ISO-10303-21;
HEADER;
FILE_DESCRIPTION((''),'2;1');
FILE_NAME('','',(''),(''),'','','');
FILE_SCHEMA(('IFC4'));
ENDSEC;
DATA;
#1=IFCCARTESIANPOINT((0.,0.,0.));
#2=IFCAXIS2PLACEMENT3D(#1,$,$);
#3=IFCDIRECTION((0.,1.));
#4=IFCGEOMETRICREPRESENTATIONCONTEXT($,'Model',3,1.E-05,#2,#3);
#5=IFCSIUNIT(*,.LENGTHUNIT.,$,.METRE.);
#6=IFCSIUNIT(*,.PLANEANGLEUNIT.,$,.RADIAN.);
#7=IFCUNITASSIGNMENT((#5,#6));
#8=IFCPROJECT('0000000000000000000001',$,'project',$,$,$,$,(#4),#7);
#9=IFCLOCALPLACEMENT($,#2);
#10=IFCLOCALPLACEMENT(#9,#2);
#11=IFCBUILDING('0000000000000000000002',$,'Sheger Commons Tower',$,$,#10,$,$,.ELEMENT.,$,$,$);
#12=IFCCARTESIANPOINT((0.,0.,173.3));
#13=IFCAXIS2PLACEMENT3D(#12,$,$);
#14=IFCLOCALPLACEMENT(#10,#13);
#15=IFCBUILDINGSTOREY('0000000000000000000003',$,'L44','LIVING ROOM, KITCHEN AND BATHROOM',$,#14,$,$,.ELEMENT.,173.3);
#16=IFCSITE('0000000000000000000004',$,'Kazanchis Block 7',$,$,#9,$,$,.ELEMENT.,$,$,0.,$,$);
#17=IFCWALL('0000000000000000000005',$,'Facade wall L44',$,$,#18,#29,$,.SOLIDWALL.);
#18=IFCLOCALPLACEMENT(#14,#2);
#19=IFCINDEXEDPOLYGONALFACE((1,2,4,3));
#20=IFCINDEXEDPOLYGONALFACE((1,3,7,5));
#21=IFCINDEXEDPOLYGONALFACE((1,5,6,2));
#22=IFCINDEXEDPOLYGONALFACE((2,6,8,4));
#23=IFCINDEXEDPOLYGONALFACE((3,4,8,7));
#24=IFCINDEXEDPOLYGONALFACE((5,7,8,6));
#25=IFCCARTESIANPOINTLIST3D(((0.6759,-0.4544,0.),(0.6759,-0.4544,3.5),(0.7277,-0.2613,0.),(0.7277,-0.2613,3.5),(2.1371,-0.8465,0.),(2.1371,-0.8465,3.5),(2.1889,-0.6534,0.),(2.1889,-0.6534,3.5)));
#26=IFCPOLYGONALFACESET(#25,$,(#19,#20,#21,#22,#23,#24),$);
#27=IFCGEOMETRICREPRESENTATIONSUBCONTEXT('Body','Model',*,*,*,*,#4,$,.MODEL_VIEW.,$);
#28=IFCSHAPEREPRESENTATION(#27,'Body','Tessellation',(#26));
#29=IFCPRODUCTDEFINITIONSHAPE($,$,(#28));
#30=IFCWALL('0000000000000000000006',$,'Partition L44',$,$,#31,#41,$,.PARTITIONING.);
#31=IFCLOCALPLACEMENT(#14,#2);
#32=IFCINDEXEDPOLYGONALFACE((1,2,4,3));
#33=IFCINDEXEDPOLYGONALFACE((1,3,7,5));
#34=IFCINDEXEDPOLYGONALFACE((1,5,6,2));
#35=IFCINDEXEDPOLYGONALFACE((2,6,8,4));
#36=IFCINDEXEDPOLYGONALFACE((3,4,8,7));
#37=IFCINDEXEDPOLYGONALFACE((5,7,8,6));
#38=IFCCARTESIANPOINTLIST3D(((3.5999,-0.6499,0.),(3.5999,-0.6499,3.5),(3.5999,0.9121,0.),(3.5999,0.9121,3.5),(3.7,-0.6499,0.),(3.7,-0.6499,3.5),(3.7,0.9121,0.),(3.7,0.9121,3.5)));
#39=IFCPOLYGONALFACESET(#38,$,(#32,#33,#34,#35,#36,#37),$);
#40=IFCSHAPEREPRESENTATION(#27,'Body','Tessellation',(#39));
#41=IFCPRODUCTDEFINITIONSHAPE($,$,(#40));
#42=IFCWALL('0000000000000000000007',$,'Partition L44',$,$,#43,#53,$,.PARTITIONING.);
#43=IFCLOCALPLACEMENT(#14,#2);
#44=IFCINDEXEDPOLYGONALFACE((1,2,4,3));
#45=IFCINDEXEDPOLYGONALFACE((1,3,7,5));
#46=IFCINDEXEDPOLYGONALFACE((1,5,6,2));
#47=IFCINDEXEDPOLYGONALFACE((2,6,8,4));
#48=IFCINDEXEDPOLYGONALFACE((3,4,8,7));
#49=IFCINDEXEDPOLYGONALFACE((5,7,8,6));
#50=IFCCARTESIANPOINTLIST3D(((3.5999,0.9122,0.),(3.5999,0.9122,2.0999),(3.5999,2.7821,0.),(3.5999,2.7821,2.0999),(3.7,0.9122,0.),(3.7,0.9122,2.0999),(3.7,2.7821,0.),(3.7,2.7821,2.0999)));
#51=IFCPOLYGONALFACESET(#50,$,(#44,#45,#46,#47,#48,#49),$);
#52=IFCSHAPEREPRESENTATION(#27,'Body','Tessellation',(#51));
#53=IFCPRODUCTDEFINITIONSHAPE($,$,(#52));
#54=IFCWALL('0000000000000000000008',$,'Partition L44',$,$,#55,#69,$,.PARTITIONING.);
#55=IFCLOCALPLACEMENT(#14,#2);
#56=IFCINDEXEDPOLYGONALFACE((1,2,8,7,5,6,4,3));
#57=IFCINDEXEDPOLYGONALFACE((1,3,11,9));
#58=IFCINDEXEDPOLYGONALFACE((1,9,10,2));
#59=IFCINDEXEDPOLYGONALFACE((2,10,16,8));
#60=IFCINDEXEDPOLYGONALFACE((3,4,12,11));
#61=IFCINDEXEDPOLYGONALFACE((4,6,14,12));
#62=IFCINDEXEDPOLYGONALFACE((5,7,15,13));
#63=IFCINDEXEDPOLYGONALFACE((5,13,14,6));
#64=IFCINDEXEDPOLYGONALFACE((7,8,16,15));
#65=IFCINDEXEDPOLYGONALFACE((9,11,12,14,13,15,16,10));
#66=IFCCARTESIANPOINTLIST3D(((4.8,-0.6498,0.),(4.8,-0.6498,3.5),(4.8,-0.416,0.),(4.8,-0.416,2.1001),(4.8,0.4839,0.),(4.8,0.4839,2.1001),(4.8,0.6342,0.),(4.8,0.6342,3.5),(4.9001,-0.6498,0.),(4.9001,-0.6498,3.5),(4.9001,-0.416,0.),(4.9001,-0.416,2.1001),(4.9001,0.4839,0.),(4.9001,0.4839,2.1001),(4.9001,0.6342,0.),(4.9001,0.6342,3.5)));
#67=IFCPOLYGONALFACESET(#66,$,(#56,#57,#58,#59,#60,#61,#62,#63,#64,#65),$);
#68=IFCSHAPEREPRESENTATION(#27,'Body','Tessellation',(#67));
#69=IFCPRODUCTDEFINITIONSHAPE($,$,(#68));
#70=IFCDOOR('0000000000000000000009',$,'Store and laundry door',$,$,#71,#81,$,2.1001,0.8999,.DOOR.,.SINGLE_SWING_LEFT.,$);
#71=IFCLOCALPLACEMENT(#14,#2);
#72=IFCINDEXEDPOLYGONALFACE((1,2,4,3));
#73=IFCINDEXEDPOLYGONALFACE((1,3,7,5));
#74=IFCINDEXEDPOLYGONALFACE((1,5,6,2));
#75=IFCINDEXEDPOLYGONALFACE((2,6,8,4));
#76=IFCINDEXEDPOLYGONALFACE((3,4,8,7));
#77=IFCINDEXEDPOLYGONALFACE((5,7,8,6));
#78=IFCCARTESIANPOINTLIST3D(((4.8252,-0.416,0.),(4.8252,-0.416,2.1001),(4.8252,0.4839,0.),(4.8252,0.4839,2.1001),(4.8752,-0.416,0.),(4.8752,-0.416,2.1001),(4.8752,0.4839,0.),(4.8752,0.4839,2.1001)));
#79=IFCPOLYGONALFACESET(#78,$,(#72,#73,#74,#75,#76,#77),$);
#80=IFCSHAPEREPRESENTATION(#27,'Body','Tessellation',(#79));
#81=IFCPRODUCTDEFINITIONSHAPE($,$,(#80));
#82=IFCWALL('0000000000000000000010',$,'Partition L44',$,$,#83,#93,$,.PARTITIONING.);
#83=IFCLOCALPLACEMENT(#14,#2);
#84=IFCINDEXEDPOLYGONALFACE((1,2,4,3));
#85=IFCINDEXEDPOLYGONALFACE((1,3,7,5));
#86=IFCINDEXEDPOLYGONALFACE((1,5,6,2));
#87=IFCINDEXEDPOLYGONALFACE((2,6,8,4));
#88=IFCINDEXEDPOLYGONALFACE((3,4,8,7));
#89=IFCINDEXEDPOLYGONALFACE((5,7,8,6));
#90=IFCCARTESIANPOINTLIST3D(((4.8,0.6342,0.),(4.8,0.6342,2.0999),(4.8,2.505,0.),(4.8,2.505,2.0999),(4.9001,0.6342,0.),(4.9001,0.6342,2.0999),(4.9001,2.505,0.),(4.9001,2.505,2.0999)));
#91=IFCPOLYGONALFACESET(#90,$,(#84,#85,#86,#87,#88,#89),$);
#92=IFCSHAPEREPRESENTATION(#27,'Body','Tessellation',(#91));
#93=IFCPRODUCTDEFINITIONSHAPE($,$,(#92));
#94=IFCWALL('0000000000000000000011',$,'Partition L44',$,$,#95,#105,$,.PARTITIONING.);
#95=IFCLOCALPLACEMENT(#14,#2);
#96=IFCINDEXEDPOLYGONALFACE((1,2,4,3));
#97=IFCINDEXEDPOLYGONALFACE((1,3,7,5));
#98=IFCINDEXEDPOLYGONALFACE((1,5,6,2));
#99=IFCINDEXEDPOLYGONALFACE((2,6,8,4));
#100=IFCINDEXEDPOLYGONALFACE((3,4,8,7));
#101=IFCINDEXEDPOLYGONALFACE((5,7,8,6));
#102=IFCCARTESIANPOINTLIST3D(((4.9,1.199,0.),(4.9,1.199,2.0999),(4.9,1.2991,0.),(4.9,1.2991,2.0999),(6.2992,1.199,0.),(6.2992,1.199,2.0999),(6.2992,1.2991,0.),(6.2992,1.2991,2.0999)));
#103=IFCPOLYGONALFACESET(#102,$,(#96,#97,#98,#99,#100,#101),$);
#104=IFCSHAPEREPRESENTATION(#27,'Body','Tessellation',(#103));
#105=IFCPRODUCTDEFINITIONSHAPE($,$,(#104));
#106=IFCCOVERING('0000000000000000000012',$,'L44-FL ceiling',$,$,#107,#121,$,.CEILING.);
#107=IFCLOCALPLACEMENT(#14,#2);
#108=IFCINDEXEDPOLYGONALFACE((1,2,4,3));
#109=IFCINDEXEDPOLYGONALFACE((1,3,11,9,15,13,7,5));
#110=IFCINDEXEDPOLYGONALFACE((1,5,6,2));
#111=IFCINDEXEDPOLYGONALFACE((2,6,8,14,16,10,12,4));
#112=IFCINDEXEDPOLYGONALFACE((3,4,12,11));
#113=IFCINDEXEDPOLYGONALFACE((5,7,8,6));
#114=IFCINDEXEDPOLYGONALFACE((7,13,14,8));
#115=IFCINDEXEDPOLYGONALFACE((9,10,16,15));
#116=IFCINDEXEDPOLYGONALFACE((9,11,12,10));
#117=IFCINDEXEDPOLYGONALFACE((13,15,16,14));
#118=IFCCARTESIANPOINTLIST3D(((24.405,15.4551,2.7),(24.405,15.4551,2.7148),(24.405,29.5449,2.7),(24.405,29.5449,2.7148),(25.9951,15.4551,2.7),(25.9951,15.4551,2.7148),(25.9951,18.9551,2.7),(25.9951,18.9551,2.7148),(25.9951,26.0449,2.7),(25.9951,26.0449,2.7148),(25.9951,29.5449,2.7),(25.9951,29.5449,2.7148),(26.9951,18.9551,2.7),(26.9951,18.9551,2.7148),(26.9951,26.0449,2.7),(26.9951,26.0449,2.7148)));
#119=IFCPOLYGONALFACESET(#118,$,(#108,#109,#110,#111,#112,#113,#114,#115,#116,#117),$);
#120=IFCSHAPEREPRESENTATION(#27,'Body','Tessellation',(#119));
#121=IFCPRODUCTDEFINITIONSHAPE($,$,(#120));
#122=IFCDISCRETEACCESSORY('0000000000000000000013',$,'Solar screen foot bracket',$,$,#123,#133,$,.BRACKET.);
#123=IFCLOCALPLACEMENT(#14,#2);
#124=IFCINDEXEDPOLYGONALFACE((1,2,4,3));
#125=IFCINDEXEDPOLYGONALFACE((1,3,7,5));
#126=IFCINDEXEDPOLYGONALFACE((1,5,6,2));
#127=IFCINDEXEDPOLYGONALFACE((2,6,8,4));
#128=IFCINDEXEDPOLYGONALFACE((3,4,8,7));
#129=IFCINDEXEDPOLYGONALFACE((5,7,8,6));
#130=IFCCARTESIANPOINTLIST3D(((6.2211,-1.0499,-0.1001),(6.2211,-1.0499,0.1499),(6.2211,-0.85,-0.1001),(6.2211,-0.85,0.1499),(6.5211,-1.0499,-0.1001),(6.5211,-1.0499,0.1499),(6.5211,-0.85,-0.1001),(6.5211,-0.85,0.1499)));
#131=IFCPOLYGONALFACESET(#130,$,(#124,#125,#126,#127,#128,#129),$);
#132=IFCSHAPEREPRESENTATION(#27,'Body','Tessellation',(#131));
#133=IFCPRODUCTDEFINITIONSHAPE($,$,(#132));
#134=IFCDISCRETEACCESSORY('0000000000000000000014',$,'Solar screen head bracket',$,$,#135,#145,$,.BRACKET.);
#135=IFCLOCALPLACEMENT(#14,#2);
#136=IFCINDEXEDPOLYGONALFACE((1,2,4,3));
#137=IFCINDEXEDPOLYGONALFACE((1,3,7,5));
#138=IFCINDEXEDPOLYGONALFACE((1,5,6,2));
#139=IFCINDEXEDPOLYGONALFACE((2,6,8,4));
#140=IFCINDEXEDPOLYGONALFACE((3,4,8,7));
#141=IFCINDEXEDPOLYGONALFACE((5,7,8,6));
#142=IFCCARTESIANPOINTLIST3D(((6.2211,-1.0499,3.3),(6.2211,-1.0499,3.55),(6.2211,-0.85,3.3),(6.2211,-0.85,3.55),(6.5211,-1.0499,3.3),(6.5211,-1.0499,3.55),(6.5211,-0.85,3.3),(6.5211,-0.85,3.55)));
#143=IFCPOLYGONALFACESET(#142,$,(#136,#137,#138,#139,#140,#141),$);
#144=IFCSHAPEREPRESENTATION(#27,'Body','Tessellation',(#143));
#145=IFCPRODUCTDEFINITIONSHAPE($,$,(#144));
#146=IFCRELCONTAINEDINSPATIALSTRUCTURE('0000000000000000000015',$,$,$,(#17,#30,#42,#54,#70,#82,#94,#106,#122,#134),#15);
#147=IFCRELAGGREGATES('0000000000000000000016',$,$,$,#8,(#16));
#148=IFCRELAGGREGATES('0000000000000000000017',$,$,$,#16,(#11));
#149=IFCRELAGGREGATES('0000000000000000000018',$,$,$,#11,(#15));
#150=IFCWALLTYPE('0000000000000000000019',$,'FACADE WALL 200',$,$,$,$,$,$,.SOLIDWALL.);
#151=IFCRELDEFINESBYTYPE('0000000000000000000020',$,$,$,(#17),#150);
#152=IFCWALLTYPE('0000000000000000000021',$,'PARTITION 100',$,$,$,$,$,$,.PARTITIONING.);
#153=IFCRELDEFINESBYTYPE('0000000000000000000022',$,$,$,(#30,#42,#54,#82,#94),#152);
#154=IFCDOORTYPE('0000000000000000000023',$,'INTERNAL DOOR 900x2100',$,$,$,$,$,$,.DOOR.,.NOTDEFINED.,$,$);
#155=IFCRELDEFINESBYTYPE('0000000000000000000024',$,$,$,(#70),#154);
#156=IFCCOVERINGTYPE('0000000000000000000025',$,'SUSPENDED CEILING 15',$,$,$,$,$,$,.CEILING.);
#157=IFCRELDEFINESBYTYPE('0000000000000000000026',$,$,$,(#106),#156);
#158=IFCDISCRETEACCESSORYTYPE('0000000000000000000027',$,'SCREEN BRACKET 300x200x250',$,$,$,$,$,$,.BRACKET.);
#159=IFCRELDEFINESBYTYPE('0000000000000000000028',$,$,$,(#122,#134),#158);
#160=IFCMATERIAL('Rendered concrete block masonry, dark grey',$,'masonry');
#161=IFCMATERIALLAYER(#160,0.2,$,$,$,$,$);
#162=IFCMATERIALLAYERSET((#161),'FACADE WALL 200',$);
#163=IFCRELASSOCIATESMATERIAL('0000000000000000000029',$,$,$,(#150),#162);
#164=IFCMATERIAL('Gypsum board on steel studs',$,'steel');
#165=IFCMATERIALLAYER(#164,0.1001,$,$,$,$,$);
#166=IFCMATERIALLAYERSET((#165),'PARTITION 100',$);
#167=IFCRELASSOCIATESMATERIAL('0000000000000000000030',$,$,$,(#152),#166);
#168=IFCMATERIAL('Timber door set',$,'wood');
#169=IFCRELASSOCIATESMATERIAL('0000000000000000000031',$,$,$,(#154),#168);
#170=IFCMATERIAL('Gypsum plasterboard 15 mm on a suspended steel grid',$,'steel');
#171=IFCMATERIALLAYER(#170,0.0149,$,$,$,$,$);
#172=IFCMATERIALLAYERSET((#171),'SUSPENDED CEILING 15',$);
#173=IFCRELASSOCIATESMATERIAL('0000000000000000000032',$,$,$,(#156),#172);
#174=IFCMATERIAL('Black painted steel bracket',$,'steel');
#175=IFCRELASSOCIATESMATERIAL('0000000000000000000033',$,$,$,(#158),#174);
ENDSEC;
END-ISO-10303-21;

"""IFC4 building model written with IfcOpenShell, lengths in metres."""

from ifc_helpers import new_model, si_unit, direction, frame, frame_2d, origin, origin_2d, place, context, subcontext, project, spatial, polyline, rectangle, outline, extrude, material, layer, layer_set, type_object, element, fill, save


model = new_model("IFC4")

# Units and contexts
model_context = context("Model", 3, precision=1e-05, world=origin(), true_north=direction((0.0, 1.0)))
body_context = subcontext(model_context, "Body", "Model", "MODEL_VIEW")
ifc_project = project(units=[si_unit("LENGTHUNIT", "METRE"), si_unit("PLANEANGLEUNIT", "RADIAN")], contexts=[model_context])

# Site, building, storey
site_placement = place(None, origin())
site = spatial("IfcSite", under=ifc_project, at=site_placement, Name="Kazanchis Block 7", CompositionType="ELEMENT", RefElevation=0.0)
building_placement = place(site_placement, origin())
building = spatial("IfcBuilding", under=site, at=building_placement, Name="Sheger Commons Tower", CompositionType="ELEMENT")
storey_placement = place(building_placement, frame((0.0, 0.0, 173.3)))
storey = spatial("IfcBuildingStorey", under=building, at=storey_placement, Name="L44", Description="LIVING ROOM, KITCHEN AND BATHROOM", CompositionType="ELEMENT", Elevation=173.3)

# Shared definitions
ifc_material_1 = material(Name="Rendered concrete block masonry, dark grey", Category="masonry")
ifc_layer_1 = layer(ifc_material_1, 0.2)
ifc_layer_set_1 = layer_set([ifc_layer_1], Name="FACADE WALL 200")
wall_type_1 = type_object("IfcWallType", Name="FACADE WALL 200", PredefinedType="SOLIDWALL", material=ifc_layer_set_1)

# Walls
wall_1_placement = place(storey_placement, frame((0.7019, -0.3579, 0.0), z_axis=(0.0, 0.0, 1.0), x_axis=(0.965832, -0.259169, 0.0)))
element("IfcWall", 1, at=wall_1_placement, inside=storey, type_object=wall_type_1, Name="Facade wall L44", PredefinedType="SOLIDWALL", context=body_context, shape_type="SweptSolid", body=[
    extrude(rectangle(XDim=1.5129, YDim=0.2, at=frame_2d((0.7563, 0.0))), origin(), (0.0, 0.0, 1.0), 3.5),
])
ifc_material_2 = material(Name="Gypsum board on steel studs", Category="steel")
ifc_layer_2 = layer(ifc_material_2, 0.1001)
ifc_layer_set_2 = layer_set([ifc_layer_2], Name="PARTITION 100")
wall_type_2 = type_object("IfcWallType", Name="PARTITION 100", PredefinedType="PARTITIONING", material=ifc_layer_set_2)
wall_2_placement = place(storey_placement, frame((3.6499, -0.6499, 0.0), z_axis=(0.0, 0.0, 1.0), x_axis=(0.0, 1.0, 0.0)))
element("IfcWall", 2, at=wall_2_placement, inside=storey, type_object=wall_type_2, Name="Partition L44", PredefinedType="PARTITIONING", context=body_context, shape_type="SweptSolid", body=[
    extrude(rectangle(XDim=1.562, YDim=0.1001, at=frame_2d((0.781, 0.0))), origin(), (0.0, 0.0, 1.0), 3.5),
])
wall_3_placement = place(storey_placement, frame((3.6499, 0.9121, 0.0), z_axis=(0.0, 0.0, 1.0), x_axis=(0.0, 1.0, 0.0)))
element("IfcWall", 3, at=wall_3_placement, inside=storey, type_object=wall_type_2, Name="Partition L44", PredefinedType="PARTITIONING", context=body_context, shape_type="SweptSolid", body=[
    extrude(rectangle(XDim=1.8699, YDim=0.1001, at=frame_2d((0.9351, 0.0))), origin(), (0.0, 0.0, 1.0), 2.0999),
])

# Wall, opening, door
wall_4_placement = place(storey_placement, frame((4.8501, -0.6499, 0.0), z_axis=(0.0, 0.0, 1.0), x_axis=(0.0, 1.0, 0.0)))
wall_4 = element("IfcWall", 4, at=wall_4_placement, inside=storey, type_object=wall_type_2, Name="Partition L44", PredefinedType="PARTITIONING", context=body_context, shape_type="SweptSolid", body=[
    extrude(rectangle(XDim=1.2839, YDim=0.1001, at=frame_2d((0.6421, 0.0))), origin(), (0.0, 0.0, 1.0), 3.5),
])
opening_1_placement = place(wall_4_placement, frame((0.2339, 0.0, 0.0)))
opening_1 = element("IfcOpeningElement", 5, at=opening_1_placement, cuts=wall_4, PredefinedType="OPENING", context=body_context, shape_type="SweptSolid", body=[
    extrude(rectangle(XDim=0.8999, YDim=2.1001, at=frame_2d((0.45, 1.05))), frame((0.0, 0.0601, 0.0), z_axis=(0.0, -1.0, 0.0), x_axis=(1.0, 0.0, 0.0)), (0.0, 0.0, 1.0), 0.1201),
])
ifc_material_3 = material(Name="Timber door set", Category="wood")
door_type = type_object("IfcDoorType", Name="INTERNAL DOOR 900x2100", OperationType="NOTDEFINED", PredefinedType="DOOR", material=ifc_material_3)
door_placement = place(opening_1_placement, origin())
door = element("IfcDoor", 6, at=door_placement, inside=storey, type_object=door_type, Name="Store and laundry door", OperationType="SINGLE_SWING_LEFT", OverallHeight=2.1001, OverallWidth=0.8999, PredefinedType="DOOR", context=body_context, shape_type="SweptSolid", body=[
    extrude(rectangle(XDim=0.8999, YDim=2.1001, at=frame_2d((0.45, 1.05))), frame((0.0, 0.0249, 0.0), z_axis=(0.0, -1.0, 0.0), x_axis=(1.0, 0.0, 0.0)), (0.0, 0.0, 1.0), 0.05),
])
fill(opening_1, door)

# Walls
wall_5_placement = place(storey_placement, frame((4.8501, 0.634, 0.0), z_axis=(0.0, 0.0, 1.0), x_axis=(0.0, 1.0, 0.0)))
element("IfcWall", 7, at=wall_5_placement, inside=storey, type_object=wall_type_2, Name="Partition L44", PredefinedType="PARTITIONING", context=body_context, shape_type="SweptSolid", body=[
    extrude(rectangle(XDim=1.8708, YDim=0.1001, at=frame_2d((0.9355, 0.0))), origin(), (0.0, 0.0, 1.0), 2.0999),
])
wall_6_placement = place(storey_placement, frame((4.8999, 1.249, 0.0), z_axis=(0.0, 0.0, 1.0), x_axis=(1.0, 0.0, 0.0)))
element("IfcWall", 8, at=wall_6_placement, inside=storey, type_object=wall_type_2, Name="Partition L44", PredefinedType="PARTITIONING", context=body_context, shape_type="SweptSolid", body=[
    extrude(rectangle(XDim=1.3992, YDim=0.1001, at=frame_2d((0.6997, 0.0))), origin(), (0.0, 0.0, 1.0), 2.0999),
])

# Covering
ifc_material_4 = material(Name="Gypsum plasterboard 15 mm on a suspended steel grid", Category="steel")
ifc_layer_3 = layer(ifc_material_4, 0.0149)
ifc_layer_set_3 = layer_set([ifc_layer_3], Name="SUSPENDED CEILING 15")
covering_type = type_object("IfcCoveringType", Name="SUSPENDED CEILING 15", PredefinedType="CEILING", material=ifc_layer_set_3)
covering_placement = place(storey_placement, frame((0.0, 0.0, 2.7)))
element("IfcCovering", 9, at=covering_placement, inside=storey, type_object=covering_type, Name="L44-FL ceiling", PredefinedType="CEILING", context=body_context, shape_type="SweptSolid", body=[
    extrude(outline(polyline([(24.405, 15.4551), (25.9951, 15.4551), (25.9951, 18.9551), (26.9951, 18.9551), (26.9951, 26.0449), (25.9951, 26.0449), (25.9951, 29.5449), (24.405, 29.5449), (24.405, 15.4551)])), origin(), (0.0, 0.0, 1.0), 0.0149),
])

# Discrete accessories
ifc_material_5 = material(Name="Black painted steel bracket", Category="steel")
discrete_accessory_type = type_object("IfcDiscreteAccessoryType", Name="SCREEN BRACKET 300x200x250", PredefinedType="BRACKET", material=ifc_material_5)
for number, where, z_axis, x_axis, name in (
    (10, (6.3711, -0.95, -0.1001), (0.0, 0.0, 1.0), (1.0, 0.0, 0.0), "Solar screen foot bracket"),
    (11, (6.3711, -0.95, 3.3), (0.0, 0.0, 1.0), (1.0, 0.0, 0.0), "Solar screen head bracket"),
):
    element("IfcDiscreteAccessory", number, at=place(storey_placement, frame(where, z_axis=z_axis, x_axis=x_axis)), inside=storey, type_object=discrete_accessory_type, Name=name, PredefinedType="BRACKET", context=body_context, shape_type="SweptSolid", body=[
        extrude(rectangle(XDim=0.3, YDim=0.2, at=origin_2d()), origin(), (0.0, 0.0, 1.0), 0.25),
    ])

save(model, "model.ifc")
